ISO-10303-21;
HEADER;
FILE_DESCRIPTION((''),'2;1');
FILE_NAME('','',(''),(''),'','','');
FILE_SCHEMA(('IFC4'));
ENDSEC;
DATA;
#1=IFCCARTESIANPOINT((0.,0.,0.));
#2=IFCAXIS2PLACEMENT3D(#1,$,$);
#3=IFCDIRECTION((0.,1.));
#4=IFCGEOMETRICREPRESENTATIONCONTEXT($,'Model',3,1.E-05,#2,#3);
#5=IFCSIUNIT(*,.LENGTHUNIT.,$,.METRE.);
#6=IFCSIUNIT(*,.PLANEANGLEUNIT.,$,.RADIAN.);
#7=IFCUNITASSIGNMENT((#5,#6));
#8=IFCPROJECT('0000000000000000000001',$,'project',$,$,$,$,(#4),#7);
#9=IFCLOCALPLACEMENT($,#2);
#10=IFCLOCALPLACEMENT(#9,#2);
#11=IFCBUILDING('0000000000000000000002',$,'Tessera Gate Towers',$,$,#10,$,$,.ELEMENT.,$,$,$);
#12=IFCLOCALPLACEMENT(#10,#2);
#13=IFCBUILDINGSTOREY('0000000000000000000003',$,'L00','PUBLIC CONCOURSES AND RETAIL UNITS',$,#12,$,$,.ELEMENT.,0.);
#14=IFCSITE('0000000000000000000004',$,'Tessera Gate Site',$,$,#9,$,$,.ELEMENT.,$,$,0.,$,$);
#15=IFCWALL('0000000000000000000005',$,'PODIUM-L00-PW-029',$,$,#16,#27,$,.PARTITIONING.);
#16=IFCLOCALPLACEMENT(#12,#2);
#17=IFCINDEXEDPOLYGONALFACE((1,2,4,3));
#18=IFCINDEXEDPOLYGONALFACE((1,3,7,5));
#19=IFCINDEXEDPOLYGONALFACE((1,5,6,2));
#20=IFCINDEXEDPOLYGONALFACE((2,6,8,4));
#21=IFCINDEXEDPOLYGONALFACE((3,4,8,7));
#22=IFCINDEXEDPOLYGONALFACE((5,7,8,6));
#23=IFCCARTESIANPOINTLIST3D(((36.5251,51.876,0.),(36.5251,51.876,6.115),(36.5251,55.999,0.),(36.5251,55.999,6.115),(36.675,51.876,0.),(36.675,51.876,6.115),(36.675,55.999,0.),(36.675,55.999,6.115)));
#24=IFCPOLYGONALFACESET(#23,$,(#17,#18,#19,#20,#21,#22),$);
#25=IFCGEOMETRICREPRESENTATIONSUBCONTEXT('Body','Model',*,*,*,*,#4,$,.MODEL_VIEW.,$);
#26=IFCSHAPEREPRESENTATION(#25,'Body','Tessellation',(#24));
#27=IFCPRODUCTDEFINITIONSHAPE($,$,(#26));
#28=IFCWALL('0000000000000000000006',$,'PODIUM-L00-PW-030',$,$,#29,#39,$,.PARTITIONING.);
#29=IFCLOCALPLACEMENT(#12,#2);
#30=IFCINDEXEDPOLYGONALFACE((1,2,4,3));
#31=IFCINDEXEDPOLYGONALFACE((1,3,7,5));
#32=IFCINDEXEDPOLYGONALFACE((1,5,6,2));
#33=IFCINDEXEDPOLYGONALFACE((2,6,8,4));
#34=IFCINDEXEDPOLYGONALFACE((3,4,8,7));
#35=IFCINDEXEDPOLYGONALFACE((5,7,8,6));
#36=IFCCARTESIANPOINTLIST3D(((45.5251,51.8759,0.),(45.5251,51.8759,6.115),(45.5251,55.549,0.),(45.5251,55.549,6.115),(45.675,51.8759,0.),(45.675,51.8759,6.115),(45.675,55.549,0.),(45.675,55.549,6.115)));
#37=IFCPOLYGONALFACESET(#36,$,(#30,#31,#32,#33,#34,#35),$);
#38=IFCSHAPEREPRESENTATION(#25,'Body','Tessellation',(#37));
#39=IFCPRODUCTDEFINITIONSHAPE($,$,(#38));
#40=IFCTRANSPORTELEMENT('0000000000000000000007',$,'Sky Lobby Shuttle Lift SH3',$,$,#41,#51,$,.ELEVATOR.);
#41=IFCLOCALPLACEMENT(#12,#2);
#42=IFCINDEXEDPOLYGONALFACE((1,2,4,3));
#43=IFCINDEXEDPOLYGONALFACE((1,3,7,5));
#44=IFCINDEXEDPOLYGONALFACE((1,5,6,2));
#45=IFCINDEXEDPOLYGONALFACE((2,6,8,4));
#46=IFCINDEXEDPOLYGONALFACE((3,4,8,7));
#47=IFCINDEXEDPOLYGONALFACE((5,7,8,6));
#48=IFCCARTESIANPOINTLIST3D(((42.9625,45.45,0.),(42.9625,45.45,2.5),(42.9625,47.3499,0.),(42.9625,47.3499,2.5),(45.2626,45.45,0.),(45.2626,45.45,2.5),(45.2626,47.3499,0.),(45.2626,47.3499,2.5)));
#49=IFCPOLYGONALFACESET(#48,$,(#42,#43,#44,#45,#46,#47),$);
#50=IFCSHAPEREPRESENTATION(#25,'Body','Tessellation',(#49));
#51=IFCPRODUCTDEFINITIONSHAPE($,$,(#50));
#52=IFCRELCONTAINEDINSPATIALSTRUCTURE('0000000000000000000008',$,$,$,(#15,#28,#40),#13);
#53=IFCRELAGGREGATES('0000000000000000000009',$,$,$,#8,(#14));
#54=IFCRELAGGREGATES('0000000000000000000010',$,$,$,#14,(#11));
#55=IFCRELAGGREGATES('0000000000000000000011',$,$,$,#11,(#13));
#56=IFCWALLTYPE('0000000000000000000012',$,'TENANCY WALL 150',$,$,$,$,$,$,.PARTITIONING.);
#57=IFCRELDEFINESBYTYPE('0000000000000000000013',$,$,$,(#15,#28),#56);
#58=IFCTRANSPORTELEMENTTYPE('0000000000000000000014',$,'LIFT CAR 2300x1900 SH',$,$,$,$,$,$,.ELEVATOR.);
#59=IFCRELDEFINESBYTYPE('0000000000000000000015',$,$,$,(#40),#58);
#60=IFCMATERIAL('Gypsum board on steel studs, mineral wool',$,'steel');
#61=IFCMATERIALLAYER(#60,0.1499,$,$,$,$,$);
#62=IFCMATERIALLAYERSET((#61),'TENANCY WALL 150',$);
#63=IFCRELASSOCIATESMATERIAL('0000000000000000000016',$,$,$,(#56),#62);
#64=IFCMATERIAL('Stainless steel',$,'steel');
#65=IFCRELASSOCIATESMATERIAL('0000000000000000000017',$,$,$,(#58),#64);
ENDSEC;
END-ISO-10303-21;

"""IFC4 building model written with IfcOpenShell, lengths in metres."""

from ifc_helpers import new_model, si_unit, direction, frame, frame_2d, origin, origin_2d, place, context, subcontext, project, spatial, rectangle, extrude, material, layer, layer_set, type_object, element, save


model = new_model("IFC4")

# Units and contexts
model_context = context("Model", 3, precision=1e-05, world=origin(), true_north=direction((0.0, 1.0)))
body_context = subcontext(model_context, "Body", "Model", "MODEL_VIEW")
ifc_project = project(units=[si_unit("LENGTHUNIT", "METRE"), si_unit("PLANEANGLEUNIT", "RADIAN")], contexts=[model_context])

# Site, building, storey
site_placement = place(None, origin())
site = spatial("IfcSite", under=ifc_project, at=site_placement, Name="Tessera Gate Site", CompositionType="ELEMENT", RefElevation=0.0)
building_placement = place(site_placement, origin())
building = spatial("IfcBuilding", under=site, at=building_placement, Name="Tessera Gate Towers", CompositionType="ELEMENT")
storey_placement = place(building_placement, origin())
storey = spatial("IfcBuildingStorey", under=building, at=storey_placement, Name="L00", Description="PUBLIC CONCOURSES AND RETAIL UNITS", CompositionType="ELEMENT", Elevation=0.0)

# Walls
ifc_material_1 = material(Name="Gypsum board on steel studs, mineral wool", Category="steel")
ifc_layer_1 = layer(ifc_material_1, 0.1499)
ifc_layer_set_1 = layer_set([ifc_layer_1], Name="TENANCY WALL 150")
wall_type_1 = type_object("IfcWallType", Name="TENANCY WALL 150", PredefinedType="PARTITIONING", material=ifc_layer_set_1)
wall_1_placement = place(storey_placement, frame((36.6001, 51.876, 0.0), z_axis=(0.0, 0.0, 1.0), x_axis=(0.0, 1.0, 0.0)))
element("IfcWall", 1, at=wall_1_placement, inside=storey, type_object=wall_type_1, Name="PODIUM-L00-PW-029", PredefinedType="PARTITIONING", context=body_context, shape_type="SweptSolid", body=[
    extrude(rectangle(XDim=4.123, YDim=0.1499, at=frame_2d((2.0615, 0.0))), origin(), (0.0, 0.0, 1.0), 6.115),
])
wall_2_placement = place(storey_placement, frame((45.6001, 51.876, 0.0), z_axis=(0.0, 0.0, 1.0), x_axis=(0.0, 1.0, 0.0)))
element("IfcWall", 2, at=wall_2_placement, inside=storey, type_object=wall_type_1, Name="PODIUM-L00-PW-030", PredefinedType="PARTITIONING", context=body_context, shape_type="SweptSolid", body=[
    extrude(rectangle(XDim=3.6731, YDim=0.1499, at=frame_2d((1.8364, 0.0))), origin(), (0.0, 0.0, 1.0), 6.115),
])

# Transport element
ifc_material_2 = material(Name="Stainless steel", Category="steel")
transport_element_type = type_object("IfcTransportElementType", Name="LIFT CAR 2300x1900 SH", PredefinedType="ELEVATOR", material=ifc_material_2)
transport_element_placement = place(storey_placement, frame((44.1125, 46.3999, 0.0), z_axis=(0.0, 0.0, 1.0), x_axis=(1.0, 0.0, 0.0)))
element("IfcTransportElement", 3, at=transport_element_placement, inside=storey, type_object=transport_element_type, Name="Sky Lobby Shuttle Lift SH3", PredefinedType="ELEVATOR", context=body_context, shape_type="SweptSolid", body=[
    extrude(rectangle(XDim=2.3, YDim=1.8999, at=origin_2d()), origin(), (0.0, 0.0, 1.0), 2.5),
])

save(model, "model.ifc")
